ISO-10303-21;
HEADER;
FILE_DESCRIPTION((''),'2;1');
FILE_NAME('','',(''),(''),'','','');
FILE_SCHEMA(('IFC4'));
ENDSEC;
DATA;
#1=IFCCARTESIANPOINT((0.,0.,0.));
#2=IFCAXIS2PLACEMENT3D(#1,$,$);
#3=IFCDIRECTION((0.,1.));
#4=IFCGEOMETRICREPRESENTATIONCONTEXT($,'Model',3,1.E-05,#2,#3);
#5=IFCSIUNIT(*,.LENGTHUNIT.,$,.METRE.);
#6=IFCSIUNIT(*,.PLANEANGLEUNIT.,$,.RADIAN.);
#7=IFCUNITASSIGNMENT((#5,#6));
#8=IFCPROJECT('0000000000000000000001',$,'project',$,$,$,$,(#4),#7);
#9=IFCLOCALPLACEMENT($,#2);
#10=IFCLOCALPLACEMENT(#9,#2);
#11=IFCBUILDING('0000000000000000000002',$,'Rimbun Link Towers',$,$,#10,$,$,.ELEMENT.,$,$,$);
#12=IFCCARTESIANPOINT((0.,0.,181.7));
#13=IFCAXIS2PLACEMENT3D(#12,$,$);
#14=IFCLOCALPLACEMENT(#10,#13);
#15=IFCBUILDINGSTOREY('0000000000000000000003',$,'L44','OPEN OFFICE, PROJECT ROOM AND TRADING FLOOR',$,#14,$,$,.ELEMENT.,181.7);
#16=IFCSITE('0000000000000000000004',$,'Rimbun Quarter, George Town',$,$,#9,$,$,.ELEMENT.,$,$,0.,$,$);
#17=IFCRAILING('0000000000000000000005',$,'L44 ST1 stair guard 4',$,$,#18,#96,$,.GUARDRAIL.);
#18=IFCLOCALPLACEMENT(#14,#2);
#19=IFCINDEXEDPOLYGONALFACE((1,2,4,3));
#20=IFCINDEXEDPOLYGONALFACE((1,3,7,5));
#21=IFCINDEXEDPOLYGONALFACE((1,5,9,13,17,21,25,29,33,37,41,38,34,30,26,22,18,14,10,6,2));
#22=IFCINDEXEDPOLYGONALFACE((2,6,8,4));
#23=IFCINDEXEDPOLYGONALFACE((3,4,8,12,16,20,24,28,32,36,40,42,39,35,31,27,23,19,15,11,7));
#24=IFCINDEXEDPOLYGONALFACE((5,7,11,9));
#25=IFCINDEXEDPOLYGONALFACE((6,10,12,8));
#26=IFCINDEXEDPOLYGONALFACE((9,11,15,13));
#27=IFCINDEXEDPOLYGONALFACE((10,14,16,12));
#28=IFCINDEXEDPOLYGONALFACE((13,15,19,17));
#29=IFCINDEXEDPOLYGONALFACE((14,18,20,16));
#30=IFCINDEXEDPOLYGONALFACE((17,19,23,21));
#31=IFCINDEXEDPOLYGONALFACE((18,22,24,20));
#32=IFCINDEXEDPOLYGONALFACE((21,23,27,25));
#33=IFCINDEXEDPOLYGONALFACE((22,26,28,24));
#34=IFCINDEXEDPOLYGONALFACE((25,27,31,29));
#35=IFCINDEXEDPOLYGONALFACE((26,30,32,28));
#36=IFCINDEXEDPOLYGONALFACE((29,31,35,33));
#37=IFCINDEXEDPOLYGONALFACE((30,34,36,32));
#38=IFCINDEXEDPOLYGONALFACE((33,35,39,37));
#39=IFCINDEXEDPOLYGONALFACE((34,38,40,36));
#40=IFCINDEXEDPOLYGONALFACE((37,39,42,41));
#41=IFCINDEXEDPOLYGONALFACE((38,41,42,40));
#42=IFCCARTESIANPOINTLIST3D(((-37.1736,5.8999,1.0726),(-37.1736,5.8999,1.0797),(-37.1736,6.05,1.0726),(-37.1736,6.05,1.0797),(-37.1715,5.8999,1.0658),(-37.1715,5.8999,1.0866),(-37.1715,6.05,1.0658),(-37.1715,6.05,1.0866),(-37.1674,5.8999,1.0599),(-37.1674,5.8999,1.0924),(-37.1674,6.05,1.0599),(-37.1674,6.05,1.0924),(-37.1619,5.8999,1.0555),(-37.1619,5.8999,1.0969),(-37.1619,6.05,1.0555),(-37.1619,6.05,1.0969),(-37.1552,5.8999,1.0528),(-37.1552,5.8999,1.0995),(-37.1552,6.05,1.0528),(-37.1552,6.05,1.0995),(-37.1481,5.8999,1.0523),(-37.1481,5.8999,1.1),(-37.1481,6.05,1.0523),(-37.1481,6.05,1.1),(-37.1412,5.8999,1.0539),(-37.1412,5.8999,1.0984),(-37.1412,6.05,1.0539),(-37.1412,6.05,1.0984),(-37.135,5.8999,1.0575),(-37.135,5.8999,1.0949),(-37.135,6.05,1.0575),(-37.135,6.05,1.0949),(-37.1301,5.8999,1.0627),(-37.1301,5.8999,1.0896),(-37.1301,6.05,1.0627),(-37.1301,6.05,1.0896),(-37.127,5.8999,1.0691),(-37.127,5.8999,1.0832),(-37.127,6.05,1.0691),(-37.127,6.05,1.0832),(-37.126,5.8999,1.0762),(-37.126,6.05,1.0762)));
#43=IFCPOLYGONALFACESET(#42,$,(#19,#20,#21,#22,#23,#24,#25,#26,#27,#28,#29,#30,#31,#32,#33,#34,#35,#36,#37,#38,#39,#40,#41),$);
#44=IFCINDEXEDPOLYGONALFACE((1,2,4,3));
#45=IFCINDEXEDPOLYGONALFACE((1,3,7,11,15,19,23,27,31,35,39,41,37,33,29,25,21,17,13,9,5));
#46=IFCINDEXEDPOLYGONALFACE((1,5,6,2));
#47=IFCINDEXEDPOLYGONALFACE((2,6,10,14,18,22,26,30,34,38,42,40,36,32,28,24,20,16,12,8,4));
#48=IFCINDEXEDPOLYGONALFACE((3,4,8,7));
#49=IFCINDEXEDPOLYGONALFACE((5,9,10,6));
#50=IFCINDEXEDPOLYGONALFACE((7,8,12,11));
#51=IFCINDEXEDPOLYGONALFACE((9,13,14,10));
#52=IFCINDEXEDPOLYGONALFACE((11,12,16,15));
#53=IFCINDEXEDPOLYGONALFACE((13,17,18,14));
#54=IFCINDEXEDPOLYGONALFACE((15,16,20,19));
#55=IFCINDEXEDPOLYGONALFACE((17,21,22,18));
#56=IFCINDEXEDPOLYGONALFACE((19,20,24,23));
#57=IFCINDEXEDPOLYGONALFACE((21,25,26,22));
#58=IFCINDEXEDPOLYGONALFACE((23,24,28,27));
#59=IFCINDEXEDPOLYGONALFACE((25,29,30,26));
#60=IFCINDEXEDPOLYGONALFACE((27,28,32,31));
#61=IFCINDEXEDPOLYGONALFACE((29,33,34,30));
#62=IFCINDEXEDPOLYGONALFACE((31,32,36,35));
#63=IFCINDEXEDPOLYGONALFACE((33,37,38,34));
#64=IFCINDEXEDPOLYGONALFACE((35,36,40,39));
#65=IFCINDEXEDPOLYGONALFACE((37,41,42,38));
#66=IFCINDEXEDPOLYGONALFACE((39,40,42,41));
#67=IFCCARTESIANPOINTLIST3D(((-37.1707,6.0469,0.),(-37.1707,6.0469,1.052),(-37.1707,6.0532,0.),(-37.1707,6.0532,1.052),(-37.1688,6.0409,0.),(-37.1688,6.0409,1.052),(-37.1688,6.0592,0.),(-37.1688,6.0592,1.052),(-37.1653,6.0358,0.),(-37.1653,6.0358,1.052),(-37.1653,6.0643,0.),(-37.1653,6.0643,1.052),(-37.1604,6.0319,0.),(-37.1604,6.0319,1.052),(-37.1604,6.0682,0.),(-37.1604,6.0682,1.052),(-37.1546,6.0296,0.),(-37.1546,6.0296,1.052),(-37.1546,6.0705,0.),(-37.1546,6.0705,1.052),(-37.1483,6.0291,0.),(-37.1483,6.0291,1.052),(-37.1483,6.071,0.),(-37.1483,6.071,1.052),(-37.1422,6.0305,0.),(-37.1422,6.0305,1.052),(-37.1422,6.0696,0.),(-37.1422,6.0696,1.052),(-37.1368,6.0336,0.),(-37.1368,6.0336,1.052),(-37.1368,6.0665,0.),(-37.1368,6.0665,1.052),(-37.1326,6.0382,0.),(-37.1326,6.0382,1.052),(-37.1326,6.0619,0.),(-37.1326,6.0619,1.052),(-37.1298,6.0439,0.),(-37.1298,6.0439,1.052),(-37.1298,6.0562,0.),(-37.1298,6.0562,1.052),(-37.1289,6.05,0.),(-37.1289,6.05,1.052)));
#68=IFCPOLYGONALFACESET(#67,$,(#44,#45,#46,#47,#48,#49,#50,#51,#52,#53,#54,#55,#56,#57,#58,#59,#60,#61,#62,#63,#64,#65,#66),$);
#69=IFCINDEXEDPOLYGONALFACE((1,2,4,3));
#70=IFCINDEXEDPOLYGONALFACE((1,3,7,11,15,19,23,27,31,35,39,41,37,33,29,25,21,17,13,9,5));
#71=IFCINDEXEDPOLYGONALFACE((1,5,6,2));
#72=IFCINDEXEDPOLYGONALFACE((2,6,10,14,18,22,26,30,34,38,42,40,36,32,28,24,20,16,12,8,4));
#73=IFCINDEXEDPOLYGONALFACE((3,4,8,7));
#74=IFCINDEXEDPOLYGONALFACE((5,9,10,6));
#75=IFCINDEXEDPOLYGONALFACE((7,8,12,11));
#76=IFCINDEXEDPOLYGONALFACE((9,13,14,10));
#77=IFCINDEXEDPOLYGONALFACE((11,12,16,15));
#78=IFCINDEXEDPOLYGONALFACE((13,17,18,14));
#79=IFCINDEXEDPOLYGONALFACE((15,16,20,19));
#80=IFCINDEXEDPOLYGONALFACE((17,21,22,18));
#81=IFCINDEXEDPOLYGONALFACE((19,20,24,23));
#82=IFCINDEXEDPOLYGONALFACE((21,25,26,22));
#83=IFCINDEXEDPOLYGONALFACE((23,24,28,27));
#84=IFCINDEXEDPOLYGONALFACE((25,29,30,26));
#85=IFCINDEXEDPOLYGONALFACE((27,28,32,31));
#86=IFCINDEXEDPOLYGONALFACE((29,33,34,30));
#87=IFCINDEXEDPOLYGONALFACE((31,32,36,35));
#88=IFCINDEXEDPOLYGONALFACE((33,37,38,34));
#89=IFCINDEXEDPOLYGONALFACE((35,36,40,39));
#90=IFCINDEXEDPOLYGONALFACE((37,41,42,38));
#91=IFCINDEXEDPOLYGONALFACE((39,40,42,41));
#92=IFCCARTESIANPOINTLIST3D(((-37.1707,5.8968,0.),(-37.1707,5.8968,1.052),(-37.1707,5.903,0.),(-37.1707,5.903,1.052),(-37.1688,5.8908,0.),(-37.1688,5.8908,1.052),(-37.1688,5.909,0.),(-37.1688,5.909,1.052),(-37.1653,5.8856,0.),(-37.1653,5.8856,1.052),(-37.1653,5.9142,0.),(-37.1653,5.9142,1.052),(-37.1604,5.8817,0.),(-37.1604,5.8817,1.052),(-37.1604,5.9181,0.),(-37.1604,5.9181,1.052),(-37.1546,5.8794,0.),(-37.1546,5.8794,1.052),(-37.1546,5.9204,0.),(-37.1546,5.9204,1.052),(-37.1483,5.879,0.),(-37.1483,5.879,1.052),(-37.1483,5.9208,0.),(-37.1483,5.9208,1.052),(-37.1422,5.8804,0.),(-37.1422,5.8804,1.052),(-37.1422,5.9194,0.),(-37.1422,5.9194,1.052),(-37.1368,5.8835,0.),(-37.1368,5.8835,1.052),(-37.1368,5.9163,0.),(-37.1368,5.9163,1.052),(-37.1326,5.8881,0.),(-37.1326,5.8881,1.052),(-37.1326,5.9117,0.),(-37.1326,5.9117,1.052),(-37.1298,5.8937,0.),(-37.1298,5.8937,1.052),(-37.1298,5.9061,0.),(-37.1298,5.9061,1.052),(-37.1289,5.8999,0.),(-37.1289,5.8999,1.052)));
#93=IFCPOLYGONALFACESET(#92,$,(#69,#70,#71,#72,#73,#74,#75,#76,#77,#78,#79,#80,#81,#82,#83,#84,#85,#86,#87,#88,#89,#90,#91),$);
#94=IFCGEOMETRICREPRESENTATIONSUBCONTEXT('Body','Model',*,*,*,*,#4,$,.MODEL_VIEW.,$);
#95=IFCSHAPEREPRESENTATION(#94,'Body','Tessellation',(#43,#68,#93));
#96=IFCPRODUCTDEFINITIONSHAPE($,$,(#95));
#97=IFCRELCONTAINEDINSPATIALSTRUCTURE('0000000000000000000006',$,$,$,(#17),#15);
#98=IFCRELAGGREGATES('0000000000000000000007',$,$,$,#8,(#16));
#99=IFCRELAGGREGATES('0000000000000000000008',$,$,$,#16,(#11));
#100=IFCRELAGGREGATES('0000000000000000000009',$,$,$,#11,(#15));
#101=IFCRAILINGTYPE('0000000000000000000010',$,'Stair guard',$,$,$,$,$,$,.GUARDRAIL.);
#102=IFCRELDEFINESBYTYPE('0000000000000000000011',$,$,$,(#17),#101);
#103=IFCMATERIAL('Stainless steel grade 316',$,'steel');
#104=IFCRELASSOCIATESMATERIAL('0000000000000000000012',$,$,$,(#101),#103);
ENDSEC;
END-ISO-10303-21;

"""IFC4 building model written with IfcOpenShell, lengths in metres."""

from ifc_helpers import new_model, si_unit, direction, frame, origin, origin_2d, place, context, subcontext, project, spatial, circle, extrude, material, type_object, element, save


model = new_model("IFC4")

# Units and contexts
model_context = context("Model", 3, precision=1e-05, world=origin(), true_north=direction((0.0, 1.0)))
body_context = subcontext(model_context, "Body", "Model", "MODEL_VIEW")
ifc_project = project(units=[si_unit("LENGTHUNIT", "METRE"), si_unit("PLANEANGLEUNIT", "RADIAN")], contexts=[model_context])

# Site, building, storey
site_placement = place(None, origin())
site = spatial("IfcSite", under=ifc_project, at=site_placement, Name="Rimbun Quarter, George Town", CompositionType="ELEMENT", RefElevation=0.0)
building_placement = place(site_placement, origin())
building = spatial("IfcBuilding", under=site, at=building_placement, Name="Rimbun Link Towers", CompositionType="ELEMENT")
storey_placement = place(building_placement, frame((0.0, 0.0, 181.7)))
storey = spatial("IfcBuildingStorey", under=building, at=storey_placement, Name="L44", Description="OPEN OFFICE, PROJECT ROOM AND TRADING FLOOR", CompositionType="ELEMENT", Elevation=181.7)

# Railing
ifc_material_1 = material(Name="Stainless steel grade 316", Category="steel")
railing_type_1 = type_object("IfcRailingType", Name="Stair guard", PredefinedType="GUARDRAIL", material=ifc_material_1)
railing_1_placement = place(storey_placement, frame((-37.1499, 6.05, 0.0)))
element("IfcRailing", 1, at=railing_1_placement, inside=storey, type_object=railing_type_1, Name="L44 ST1 stair guard 4", PredefinedType="GUARDRAIL", context=body_context, shape_type="SweptSolid", body=[
    extrude(circle(Radius=0.0239, at=origin_2d()), frame((0.0, 0.0, 1.0762), z_axis=(0.0, -1.0, 0.0), x_axis=(1.0, 0.0, 0.0)), (0.0, 0.0, 1.0), 0.1501),
    extrude(circle(Radius=0.021, at=origin_2d()), origin(), (0.0, 0.0, 1.0), 1.052),
    extrude(circle(Radius=0.021, at=origin_2d()), frame((0.0, -0.1501, 0.0)), (0.0, 0.0, 1.0), 1.052),
])

save(model, "model.ifc")
